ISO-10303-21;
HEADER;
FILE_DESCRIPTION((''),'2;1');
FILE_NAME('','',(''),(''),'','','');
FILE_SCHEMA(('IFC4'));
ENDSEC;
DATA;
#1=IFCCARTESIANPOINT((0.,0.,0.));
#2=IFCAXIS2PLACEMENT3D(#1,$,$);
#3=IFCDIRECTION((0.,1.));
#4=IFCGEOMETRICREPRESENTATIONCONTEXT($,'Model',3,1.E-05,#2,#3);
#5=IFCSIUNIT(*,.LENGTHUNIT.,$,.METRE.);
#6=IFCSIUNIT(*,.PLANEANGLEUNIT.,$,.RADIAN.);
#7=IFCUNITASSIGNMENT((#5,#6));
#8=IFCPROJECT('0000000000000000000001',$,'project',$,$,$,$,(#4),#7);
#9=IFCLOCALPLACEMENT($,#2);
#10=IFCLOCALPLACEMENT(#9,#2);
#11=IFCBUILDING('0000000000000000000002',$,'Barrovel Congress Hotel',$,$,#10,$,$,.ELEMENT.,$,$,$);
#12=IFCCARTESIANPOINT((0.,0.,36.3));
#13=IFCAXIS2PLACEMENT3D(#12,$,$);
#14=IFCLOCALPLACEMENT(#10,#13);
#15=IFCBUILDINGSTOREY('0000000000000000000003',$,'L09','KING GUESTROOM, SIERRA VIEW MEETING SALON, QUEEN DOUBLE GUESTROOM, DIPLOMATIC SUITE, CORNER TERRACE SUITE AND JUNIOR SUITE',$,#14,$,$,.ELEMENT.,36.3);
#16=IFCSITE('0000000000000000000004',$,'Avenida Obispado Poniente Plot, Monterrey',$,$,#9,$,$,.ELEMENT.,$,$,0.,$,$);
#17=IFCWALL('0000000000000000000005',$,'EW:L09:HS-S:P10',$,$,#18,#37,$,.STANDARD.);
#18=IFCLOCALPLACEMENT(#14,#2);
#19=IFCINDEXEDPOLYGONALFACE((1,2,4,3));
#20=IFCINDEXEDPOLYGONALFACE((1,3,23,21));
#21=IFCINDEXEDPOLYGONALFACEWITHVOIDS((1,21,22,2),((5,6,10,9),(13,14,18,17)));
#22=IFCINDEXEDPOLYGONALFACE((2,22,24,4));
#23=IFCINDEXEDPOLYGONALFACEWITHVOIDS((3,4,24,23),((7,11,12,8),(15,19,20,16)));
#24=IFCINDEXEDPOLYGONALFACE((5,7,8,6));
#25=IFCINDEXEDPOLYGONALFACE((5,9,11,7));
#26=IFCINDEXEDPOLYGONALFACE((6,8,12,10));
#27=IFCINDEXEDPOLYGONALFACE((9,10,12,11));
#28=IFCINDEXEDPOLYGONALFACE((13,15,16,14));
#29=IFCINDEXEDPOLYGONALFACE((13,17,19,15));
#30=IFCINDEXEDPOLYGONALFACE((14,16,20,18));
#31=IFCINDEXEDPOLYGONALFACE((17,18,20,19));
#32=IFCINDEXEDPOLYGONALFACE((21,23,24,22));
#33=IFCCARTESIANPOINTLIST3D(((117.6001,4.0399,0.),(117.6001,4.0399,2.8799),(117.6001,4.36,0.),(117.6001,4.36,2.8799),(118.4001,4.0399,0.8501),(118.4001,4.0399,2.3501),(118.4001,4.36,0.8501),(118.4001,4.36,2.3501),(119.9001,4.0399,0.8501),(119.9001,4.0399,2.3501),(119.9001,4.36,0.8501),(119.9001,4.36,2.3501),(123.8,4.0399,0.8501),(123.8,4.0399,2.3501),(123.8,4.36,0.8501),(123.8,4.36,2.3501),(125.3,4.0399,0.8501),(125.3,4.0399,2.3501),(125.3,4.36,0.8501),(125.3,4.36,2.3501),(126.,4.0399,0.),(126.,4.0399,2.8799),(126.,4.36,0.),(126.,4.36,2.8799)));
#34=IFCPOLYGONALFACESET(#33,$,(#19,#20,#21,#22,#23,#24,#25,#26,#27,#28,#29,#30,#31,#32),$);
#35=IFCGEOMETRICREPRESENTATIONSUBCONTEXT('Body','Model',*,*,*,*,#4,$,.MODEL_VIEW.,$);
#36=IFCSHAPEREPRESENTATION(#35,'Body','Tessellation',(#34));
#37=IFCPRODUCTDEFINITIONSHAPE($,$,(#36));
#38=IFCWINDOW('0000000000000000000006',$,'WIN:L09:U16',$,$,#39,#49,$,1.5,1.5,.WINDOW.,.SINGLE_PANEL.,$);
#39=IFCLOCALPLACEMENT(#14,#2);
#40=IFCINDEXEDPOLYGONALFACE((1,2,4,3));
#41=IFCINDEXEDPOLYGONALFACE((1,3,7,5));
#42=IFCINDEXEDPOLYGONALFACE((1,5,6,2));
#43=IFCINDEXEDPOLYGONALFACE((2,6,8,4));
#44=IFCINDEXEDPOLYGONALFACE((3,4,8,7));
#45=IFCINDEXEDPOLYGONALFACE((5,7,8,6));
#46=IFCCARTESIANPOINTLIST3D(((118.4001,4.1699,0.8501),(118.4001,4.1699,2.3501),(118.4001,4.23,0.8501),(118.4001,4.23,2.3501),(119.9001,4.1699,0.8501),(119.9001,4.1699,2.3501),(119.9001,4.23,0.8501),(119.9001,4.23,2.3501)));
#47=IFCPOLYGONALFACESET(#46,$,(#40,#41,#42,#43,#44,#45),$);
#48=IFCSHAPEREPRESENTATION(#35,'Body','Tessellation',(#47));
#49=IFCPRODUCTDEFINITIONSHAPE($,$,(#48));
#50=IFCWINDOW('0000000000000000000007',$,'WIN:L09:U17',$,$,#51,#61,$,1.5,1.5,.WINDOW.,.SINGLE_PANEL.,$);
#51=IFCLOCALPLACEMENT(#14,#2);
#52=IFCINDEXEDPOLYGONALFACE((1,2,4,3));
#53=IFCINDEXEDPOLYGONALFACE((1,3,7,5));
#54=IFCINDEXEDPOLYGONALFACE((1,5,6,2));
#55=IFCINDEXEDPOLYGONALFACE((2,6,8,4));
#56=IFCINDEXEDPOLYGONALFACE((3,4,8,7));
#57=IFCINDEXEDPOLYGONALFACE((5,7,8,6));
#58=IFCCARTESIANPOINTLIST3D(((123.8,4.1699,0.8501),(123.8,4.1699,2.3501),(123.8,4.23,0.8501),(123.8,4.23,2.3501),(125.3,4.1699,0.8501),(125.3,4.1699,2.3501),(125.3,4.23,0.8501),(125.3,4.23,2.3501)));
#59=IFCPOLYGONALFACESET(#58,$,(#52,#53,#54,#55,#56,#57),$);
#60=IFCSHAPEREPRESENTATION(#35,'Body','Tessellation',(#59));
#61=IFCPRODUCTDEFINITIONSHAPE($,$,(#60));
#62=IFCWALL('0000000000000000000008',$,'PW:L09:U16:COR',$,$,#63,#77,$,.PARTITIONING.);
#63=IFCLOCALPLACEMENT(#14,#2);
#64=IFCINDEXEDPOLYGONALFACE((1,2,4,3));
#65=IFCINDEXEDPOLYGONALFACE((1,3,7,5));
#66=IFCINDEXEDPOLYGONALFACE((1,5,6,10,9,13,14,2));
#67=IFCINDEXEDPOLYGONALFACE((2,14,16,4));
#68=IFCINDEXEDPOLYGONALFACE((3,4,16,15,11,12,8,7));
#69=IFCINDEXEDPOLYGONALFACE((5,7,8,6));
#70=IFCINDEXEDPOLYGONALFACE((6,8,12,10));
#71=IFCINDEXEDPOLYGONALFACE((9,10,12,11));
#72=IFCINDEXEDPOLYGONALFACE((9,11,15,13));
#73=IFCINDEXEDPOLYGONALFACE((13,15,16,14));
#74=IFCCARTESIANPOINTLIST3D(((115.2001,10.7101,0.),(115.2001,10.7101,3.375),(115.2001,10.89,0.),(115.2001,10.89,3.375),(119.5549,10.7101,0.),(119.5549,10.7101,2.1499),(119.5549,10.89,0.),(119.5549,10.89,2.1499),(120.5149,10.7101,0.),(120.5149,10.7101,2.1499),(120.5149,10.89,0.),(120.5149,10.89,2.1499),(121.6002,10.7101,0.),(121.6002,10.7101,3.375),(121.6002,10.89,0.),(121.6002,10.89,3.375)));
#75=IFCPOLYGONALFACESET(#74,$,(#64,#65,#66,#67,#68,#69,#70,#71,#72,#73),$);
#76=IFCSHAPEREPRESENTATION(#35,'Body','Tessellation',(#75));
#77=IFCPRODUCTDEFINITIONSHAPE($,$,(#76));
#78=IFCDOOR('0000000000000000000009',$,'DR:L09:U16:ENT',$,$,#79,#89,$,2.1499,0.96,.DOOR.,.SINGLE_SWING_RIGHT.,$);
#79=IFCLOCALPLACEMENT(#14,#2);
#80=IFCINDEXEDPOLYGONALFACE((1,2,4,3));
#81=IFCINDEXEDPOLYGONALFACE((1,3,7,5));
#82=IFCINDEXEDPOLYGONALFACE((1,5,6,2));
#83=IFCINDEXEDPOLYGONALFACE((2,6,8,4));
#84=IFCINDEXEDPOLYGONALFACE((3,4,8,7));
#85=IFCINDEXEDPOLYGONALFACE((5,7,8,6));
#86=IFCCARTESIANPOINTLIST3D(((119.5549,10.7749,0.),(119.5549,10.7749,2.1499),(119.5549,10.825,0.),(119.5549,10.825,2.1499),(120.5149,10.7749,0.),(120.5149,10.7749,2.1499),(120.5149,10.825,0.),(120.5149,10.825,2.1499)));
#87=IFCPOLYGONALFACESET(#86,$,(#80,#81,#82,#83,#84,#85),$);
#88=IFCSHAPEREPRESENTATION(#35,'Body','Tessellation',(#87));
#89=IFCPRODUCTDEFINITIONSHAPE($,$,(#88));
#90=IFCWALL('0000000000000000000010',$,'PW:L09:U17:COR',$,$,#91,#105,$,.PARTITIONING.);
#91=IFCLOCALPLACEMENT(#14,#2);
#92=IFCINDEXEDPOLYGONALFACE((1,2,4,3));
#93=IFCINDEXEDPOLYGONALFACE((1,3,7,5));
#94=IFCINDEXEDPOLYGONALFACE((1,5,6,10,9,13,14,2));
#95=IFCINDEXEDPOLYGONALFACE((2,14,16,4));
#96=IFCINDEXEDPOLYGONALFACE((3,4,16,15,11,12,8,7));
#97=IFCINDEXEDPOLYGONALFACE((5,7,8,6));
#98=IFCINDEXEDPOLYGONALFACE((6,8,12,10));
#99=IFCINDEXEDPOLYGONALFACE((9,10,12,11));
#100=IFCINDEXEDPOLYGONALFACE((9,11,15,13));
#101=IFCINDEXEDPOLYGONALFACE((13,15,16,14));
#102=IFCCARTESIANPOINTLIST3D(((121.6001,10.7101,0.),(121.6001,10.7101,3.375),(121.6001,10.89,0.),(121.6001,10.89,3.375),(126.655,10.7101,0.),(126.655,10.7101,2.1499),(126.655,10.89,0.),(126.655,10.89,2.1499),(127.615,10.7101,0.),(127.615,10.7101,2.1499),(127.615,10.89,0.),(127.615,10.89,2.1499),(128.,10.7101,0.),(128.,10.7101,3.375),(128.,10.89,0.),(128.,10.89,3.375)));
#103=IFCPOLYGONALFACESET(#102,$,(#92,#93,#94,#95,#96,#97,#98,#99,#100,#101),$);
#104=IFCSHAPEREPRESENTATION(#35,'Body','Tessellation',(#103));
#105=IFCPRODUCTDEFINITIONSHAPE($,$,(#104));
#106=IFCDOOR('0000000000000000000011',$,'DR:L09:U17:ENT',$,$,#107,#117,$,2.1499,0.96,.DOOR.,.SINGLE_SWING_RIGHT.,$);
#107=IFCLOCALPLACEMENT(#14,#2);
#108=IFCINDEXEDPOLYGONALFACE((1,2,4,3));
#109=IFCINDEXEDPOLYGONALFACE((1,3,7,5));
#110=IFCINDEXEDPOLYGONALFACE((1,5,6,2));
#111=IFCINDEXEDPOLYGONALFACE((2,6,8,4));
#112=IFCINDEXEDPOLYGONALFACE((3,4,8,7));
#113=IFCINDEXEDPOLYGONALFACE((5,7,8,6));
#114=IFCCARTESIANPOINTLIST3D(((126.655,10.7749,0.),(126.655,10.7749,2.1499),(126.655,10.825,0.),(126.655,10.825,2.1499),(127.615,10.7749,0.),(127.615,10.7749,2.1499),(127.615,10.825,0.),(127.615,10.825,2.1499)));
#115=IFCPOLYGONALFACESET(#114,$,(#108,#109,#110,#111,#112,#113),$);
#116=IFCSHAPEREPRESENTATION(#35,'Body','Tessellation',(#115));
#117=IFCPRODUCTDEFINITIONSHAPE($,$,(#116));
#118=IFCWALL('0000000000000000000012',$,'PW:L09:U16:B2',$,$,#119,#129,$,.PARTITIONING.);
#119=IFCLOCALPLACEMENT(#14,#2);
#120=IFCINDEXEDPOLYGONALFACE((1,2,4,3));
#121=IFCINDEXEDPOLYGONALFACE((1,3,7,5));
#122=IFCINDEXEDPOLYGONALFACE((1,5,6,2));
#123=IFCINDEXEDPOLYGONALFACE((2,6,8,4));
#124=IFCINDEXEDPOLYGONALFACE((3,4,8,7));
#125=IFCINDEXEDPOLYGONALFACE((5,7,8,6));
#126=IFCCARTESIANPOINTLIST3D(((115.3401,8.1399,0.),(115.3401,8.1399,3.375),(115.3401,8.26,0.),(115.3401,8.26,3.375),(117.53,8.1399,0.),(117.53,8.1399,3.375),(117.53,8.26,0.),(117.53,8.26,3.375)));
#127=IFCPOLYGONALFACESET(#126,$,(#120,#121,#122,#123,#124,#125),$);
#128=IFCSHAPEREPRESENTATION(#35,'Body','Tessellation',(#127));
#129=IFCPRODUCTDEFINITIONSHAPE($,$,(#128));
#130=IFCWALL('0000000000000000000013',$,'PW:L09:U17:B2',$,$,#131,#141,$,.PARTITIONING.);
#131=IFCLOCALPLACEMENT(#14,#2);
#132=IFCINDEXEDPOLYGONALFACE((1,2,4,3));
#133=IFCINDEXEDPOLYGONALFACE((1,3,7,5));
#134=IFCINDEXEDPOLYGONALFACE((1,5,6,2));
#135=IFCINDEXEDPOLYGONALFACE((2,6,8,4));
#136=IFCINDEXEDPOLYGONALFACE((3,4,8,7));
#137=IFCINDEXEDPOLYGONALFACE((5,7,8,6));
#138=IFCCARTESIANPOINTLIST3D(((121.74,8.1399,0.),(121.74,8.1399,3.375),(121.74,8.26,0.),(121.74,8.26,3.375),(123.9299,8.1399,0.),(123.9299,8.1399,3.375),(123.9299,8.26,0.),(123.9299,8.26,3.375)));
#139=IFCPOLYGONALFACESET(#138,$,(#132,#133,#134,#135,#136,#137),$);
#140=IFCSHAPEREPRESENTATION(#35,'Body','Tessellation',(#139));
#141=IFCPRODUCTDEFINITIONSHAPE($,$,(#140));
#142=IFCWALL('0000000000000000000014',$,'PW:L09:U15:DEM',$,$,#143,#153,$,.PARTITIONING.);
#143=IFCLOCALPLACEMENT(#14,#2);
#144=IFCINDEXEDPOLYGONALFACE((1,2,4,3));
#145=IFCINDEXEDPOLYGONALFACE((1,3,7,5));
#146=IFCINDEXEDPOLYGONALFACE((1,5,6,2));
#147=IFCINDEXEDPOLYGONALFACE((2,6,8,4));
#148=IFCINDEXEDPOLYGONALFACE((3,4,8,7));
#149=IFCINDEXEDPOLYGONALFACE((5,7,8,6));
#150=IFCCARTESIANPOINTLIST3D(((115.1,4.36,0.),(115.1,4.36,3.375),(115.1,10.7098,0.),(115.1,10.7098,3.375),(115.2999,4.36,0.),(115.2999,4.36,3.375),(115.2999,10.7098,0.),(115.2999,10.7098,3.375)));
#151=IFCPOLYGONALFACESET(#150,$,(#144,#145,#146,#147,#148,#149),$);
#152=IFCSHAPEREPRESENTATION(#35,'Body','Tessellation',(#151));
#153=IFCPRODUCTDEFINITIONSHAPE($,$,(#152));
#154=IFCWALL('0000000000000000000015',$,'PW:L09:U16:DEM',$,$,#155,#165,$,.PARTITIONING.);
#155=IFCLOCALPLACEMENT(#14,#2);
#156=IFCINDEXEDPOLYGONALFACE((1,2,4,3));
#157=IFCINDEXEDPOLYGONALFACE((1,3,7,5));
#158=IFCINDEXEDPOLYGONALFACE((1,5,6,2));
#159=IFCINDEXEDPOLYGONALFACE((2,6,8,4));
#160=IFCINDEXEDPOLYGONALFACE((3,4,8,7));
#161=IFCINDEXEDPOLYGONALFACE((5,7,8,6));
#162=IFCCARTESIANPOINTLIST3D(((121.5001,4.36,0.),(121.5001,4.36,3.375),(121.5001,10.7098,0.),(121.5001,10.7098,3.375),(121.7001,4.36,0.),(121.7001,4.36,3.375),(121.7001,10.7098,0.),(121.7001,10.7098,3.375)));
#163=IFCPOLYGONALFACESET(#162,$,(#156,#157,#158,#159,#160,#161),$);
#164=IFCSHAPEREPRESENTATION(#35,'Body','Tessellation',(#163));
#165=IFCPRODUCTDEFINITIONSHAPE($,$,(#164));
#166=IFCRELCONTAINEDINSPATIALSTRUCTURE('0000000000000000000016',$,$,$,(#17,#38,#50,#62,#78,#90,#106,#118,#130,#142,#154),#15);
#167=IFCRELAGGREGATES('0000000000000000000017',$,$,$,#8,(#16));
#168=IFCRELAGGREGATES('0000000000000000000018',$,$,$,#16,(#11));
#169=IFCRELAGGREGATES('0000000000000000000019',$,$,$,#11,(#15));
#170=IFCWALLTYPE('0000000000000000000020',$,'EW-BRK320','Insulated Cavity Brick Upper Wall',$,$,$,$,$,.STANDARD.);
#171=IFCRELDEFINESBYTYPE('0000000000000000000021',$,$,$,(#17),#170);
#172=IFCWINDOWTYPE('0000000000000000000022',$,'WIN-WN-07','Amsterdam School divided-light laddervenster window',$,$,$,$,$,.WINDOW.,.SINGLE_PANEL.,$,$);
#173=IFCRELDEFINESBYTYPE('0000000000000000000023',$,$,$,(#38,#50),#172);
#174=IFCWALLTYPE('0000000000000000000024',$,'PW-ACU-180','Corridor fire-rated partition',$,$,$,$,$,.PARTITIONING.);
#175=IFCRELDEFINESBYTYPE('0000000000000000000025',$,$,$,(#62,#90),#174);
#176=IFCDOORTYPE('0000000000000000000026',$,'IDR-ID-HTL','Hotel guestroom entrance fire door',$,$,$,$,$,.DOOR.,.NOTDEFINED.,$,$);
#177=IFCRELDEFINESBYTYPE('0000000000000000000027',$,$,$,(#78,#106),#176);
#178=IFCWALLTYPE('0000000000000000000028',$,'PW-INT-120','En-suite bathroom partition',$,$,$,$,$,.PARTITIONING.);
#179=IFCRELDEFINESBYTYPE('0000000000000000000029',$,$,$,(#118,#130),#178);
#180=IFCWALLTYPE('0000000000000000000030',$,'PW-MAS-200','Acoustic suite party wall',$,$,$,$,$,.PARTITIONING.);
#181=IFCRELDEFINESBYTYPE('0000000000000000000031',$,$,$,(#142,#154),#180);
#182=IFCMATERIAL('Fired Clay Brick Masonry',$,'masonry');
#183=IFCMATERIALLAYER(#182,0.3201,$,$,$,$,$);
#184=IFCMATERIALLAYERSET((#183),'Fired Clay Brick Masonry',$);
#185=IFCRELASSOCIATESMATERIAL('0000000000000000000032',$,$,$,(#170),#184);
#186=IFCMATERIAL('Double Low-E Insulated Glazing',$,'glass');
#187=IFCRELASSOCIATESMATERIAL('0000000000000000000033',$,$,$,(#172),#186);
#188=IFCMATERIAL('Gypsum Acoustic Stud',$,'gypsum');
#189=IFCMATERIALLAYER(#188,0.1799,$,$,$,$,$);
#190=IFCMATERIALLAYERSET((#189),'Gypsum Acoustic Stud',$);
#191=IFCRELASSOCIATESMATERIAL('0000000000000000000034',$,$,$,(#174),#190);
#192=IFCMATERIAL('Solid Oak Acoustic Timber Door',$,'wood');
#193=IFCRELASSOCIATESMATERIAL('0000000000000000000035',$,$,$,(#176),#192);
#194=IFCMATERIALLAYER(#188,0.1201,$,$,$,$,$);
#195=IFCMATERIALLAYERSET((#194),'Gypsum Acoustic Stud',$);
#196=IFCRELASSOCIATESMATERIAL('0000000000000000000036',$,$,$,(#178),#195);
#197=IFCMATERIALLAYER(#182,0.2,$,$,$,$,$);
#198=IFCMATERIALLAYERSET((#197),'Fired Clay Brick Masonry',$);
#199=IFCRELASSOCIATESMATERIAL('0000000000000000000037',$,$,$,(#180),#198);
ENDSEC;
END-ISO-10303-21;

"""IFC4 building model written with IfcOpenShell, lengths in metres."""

from ifc_helpers import new_model, si_unit, direction, frame, frame_2d, origin, place, context, subcontext, project, spatial, rectangle, extrude, material, layer, layer_set, type_object, element, fill, save


model = new_model("IFC4")

# Units and contexts
model_context = context("Model", 3, precision=1e-05, world=origin(), true_north=direction((0.0, 1.0)))
body_context = subcontext(model_context, "Body", "Model", "MODEL_VIEW")
ifc_project = project(units=[si_unit("LENGTHUNIT", "METRE"), si_unit("PLANEANGLEUNIT", "RADIAN")], contexts=[model_context])

# Site, building, storey
site_placement = place(None, origin())
site = spatial("IfcSite", under=ifc_project, at=site_placement, Name="Avenida Obispado Poniente Plot, Monterrey", CompositionType="ELEMENT", RefElevation=0.0)
building_placement = place(site_placement, origin())
building = spatial("IfcBuilding", under=site, at=building_placement, Name="Barrovel Congress Hotel", CompositionType="ELEMENT")
storey_placement = place(building_placement, frame((0.0, 0.0, 36.3)))
storey = spatial("IfcBuildingStorey", under=building, at=storey_placement, Name="L09", Description="KING GUESTROOM, SIERRA VIEW MEETING SALON, QUEEN DOUBLE GUESTROOM, DIPLOMATIC SUITE, CORNER TERRACE SUITE AND JUNIOR SUITE", CompositionType="ELEMENT", Elevation=36.3)

# Wall, openings, windows
ifc_material_1 = material(Name="Fired Clay Brick Masonry", Category="masonry")
ifc_layer_1 = layer(ifc_material_1, 0.3201)
ifc_layer_set_1 = layer_set([ifc_layer_1], Name="Fired Clay Brick Masonry")
wall_type_1 = type_object("IfcWallType", Name="EW-BRK320", Description="Insulated Cavity Brick Upper Wall", PredefinedType="STANDARD", material=ifc_layer_set_1)
wall_1_placement = place(storey_placement, frame((117.6001, 4.2, 0.0), z_axis=(0.0, 0.0, 1.0), x_axis=(1.0, 0.0, 0.0)))
wall_1 = element("IfcWall", 1, at=wall_1_placement, inside=storey, type_object=wall_type_1, Name="EW:L09:HS-S:P10", PredefinedType="STANDARD", context=body_context, shape_type="SweptSolid", body=[
    extrude(rectangle(XDim=8.3999, YDim=0.3201, at=frame_2d((4.2, 0.0))), origin(), (0.0, 0.0, 1.0), 2.8799),
])
opening_1_placement = place(wall_1_placement, frame((0.8, 0.0, 0.8501)))
opening_1 = element("IfcOpeningElement", 2, at=opening_1_placement, cuts=wall_1, PredefinedType="OPENING", context=body_context, shape_type="SweptSolid", body=[
    extrude(rectangle(XDim=1.5, YDim=1.5, at=frame_2d((0.75, 0.75))), frame((0.0, 0.1699, 0.0), z_axis=(0.0, -1.0, 0.0), x_axis=(1.0, 0.0, 0.0)), (0.0, 0.0, 1.0), 0.3401),
])
opening_2_placement = place(wall_1_placement, frame((6.2, 0.0, 0.8501)))
opening_2 = element("IfcOpeningElement", 3, at=opening_2_placement, cuts=wall_1, PredefinedType="OPENING", context=body_context, shape_type="SweptSolid", body=[
    extrude(rectangle(XDim=1.5, YDim=1.5, at=frame_2d((0.75, 0.75))), frame((0.0, 0.1699, 0.0), z_axis=(0.0, -1.0, 0.0), x_axis=(1.0, 0.0, 0.0)), (0.0, 0.0, 1.0), 0.3401),
])
ifc_material_2 = material(Name="Double Low-E Insulated Glazing", Category="glass")
window_type = type_object("IfcWindowType", Name="WIN-WN-07", Description="Amsterdam School divided-light laddervenster window", PartitioningType="SINGLE_PANEL", PredefinedType="WINDOW", material=ifc_material_2)
window_1_placement = place(opening_1_placement, origin())
window_1 = element("IfcWindow", 4, at=window_1_placement, inside=storey, type_object=window_type, Name="WIN:L09:U16", OverallHeight=1.5, OverallWidth=1.5, PartitioningType="SINGLE_PANEL", PredefinedType="WINDOW", context=body_context, shape_type="SweptSolid", body=[
    extrude(rectangle(XDim=1.5, YDim=1.5, at=frame_2d((0.75, 0.75))), frame((0.0, 0.03, 0.0), z_axis=(0.0, -1.0, 0.0), x_axis=(1.0, 0.0, 0.0)), (0.0, 0.0, 1.0), 0.0601),
])
fill(opening_1, window_1)
window_2_placement = place(opening_2_placement, origin())
window_2 = element("IfcWindow", 5, at=window_2_placement, inside=storey, type_object=window_type, Name="WIN:L09:U17", OverallHeight=1.5, OverallWidth=1.5, PartitioningType="SINGLE_PANEL", PredefinedType="WINDOW", context=body_context, shape_type="SweptSolid", body=[
    extrude(rectangle(XDim=1.5, YDim=1.5, at=frame_2d((0.75, 0.75))), frame((0.0, 0.03, 0.0), z_axis=(0.0, -1.0, 0.0), x_axis=(1.0, 0.0, 0.0)), (0.0, 0.0, 1.0), 0.0601),
])
fill(opening_2, window_2)

# Walls, openings, doors
ifc_material_3 = material(Name="Gypsum Acoustic Stud", Category="gypsum")
ifc_layer_2 = layer(ifc_material_3, 0.1799)
ifc_layer_set_2 = layer_set([ifc_layer_2], Name="Gypsum Acoustic Stud")
wall_type_2 = type_object("IfcWallType", Name="PW-ACU-180", Description="Corridor fire-rated partition", PredefinedType="PARTITIONING", material=ifc_layer_set_2)
wall_2_placement = place(storey_placement, frame((115.2, 10.8, 0.0), z_axis=(0.0, 0.0, 1.0), x_axis=(1.0, 0.0, 0.0)))
wall_2 = element("IfcWall", 6, at=wall_2_placement, inside=storey, type_object=wall_type_2, Name="PW:L09:U16:COR", PredefinedType="PARTITIONING", context=body_context, shape_type="SweptSolid", body=[
    extrude(rectangle(XDim=6.4001, YDim=0.1799, at=frame_2d((3.2002, 0.0))), origin(), (0.0, 0.0, 1.0), 3.375),
])
opening_3_placement = place(wall_2_placement, frame((4.355, 0.0, 0.0)))
opening_3 = element("IfcOpeningElement", 7, at=opening_3_placement, cuts=wall_2, PredefinedType="OPENING", context=body_context, shape_type="SweptSolid", body=[
    extrude(rectangle(XDim=0.96, YDim=2.1499, at=frame_2d((0.48, 1.075))), frame((0.0, 0.1001, 0.0), z_axis=(0.0, -1.0, 0.0), x_axis=(1.0, 0.0, 0.0)), (0.0, 0.0, 1.0), 0.2),
])
ifc_material_4 = material(Name="Solid Oak Acoustic Timber Door", Category="wood")
door_type_1 = type_object("IfcDoorType", Name="IDR-ID-HTL", Description="Hotel guestroom entrance fire door", OperationType="NOTDEFINED", PredefinedType="DOOR", material=ifc_material_4)
door_1_placement = place(opening_3_placement, origin())
door_1 = element("IfcDoor", 8, at=door_1_placement, inside=storey, type_object=door_type_1, Name="DR:L09:U16:ENT", OperationType="SINGLE_SWING_RIGHT", OverallHeight=2.1499, OverallWidth=0.96, PredefinedType="DOOR", context=body_context, shape_type="SweptSolid", body=[
    extrude(rectangle(XDim=0.96, YDim=2.1499, at=frame_2d((0.48, 1.075))), frame((0.0, 0.0249, 0.0), z_axis=(0.0, -1.0, 0.0), x_axis=(1.0, 0.0, 0.0)), (0.0, 0.0, 1.0), 0.05),
])
fill(opening_3, door_1)
wall_3_placement = place(storey_placement, frame((121.6001, 10.8, 0.0), z_axis=(0.0, 0.0, 1.0), x_axis=(1.0, 0.0, 0.0)))
wall_3 = element("IfcWall", 9, at=wall_3_placement, inside=storey, type_object=wall_type_2, Name="PW:L09:U17:COR", PredefinedType="PARTITIONING", context=body_context, shape_type="SweptSolid", body=[
    extrude(rectangle(XDim=6.3999, YDim=0.1799, at=frame_2d((3.2, 0.0))), origin(), (0.0, 0.0, 1.0), 3.375),
])
opening_4_placement = place(wall_3_placement, frame((5.0549, 0.0, 0.0)))
opening_4 = element("IfcOpeningElement", 10, at=opening_4_placement, cuts=wall_3, PredefinedType="OPENING", context=body_context, shape_type="SweptSolid", body=[
    extrude(rectangle(XDim=0.96, YDim=2.1499, at=frame_2d((0.48, 1.075))), frame((0.0, 0.1001, 0.0), z_axis=(0.0, -1.0, 0.0), x_axis=(1.0, 0.0, 0.0)), (0.0, 0.0, 1.0), 0.2),
])
door_2_placement = place(opening_4_placement, origin())
door_2 = element("IfcDoor", 11, at=door_2_placement, inside=storey, type_object=door_type_1, Name="DR:L09:U17:ENT", OperationType="SINGLE_SWING_RIGHT", OverallHeight=2.1499, OverallWidth=0.96, PredefinedType="DOOR", context=body_context, shape_type="SweptSolid", body=[
    extrude(rectangle(XDim=0.96, YDim=2.1499, at=frame_2d((0.48, 1.075))), frame((0.0, 0.0249, 0.0), z_axis=(0.0, -1.0, 0.0), x_axis=(1.0, 0.0, 0.0)), (0.0, 0.0, 1.0), 0.05),
])
fill(opening_4, door_2)

# Walls
ifc_layer_3 = layer(ifc_material_3, 0.1201)
ifc_layer_set_3 = layer_set([ifc_layer_3], Name="Gypsum Acoustic Stud")
wall_type_3 = type_object("IfcWallType", Name="PW-INT-120", Description="En-suite bathroom partition", PredefinedType="PARTITIONING", material=ifc_layer_set_3)
for number, where, z_axis, x_axis, name in (
    (12, (115.3401, 8.2, 0.0), (0.0, 0.0, 1.0), (1.0, 0.0, 0.0), "PW:L09:U16:B2"),
    (13, (121.74, 8.2, 0.0), (0.0, 0.0, 1.0), (1.0, 0.0, 0.0), "PW:L09:U17:B2"),
):
    element("IfcWall", number, at=place(storey_placement, frame(where, z_axis=z_axis, x_axis=x_axis)), inside=storey, type_object=wall_type_3, Name=name, PredefinedType="PARTITIONING", context=body_context, shape_type="SweptSolid", body=[
        extrude(rectangle(XDim=2.1899, YDim=0.1201, at=frame_2d((1.095, 0.0))), origin(), (0.0, 0.0, 1.0), 3.375),
    ])
ifc_layer_4 = layer(ifc_material_1, 0.2)
ifc_layer_set_4 = layer_set([ifc_layer_4], Name="Fired Clay Brick Masonry")
wall_type_4 = type_object("IfcWallType", Name="PW-MAS-200", Description="Acoustic suite party wall", PredefinedType="PARTITIONING", material=ifc_layer_set_4)
for number, where, z_axis, x_axis, name in (
    (14, (115.2, 4.3601, 0.0), (0.0, 0.0, 1.0), (0.0, 1.0, 0.0), "PW:L09:U15:DEM"),
    (15, (121.6001, 4.3601, 0.0), (0.0, 0.0, 1.0), (0.0, 1.0, 0.0), "PW:L09:U16:DEM"),
):
    element("IfcWall", number, at=place(storey_placement, frame(where, z_axis=z_axis, x_axis=x_axis)), inside=storey, type_object=wall_type_4, Name=name, PredefinedType="PARTITIONING", context=body_context, shape_type="SweptSolid", body=[
        extrude(rectangle(XDim=6.3499, YDim=0.2, at=frame_2d((3.1748, 0.0))), origin(), (0.0, 0.0, 1.0), 3.375),
    ])

save(model, "model.ifc")
